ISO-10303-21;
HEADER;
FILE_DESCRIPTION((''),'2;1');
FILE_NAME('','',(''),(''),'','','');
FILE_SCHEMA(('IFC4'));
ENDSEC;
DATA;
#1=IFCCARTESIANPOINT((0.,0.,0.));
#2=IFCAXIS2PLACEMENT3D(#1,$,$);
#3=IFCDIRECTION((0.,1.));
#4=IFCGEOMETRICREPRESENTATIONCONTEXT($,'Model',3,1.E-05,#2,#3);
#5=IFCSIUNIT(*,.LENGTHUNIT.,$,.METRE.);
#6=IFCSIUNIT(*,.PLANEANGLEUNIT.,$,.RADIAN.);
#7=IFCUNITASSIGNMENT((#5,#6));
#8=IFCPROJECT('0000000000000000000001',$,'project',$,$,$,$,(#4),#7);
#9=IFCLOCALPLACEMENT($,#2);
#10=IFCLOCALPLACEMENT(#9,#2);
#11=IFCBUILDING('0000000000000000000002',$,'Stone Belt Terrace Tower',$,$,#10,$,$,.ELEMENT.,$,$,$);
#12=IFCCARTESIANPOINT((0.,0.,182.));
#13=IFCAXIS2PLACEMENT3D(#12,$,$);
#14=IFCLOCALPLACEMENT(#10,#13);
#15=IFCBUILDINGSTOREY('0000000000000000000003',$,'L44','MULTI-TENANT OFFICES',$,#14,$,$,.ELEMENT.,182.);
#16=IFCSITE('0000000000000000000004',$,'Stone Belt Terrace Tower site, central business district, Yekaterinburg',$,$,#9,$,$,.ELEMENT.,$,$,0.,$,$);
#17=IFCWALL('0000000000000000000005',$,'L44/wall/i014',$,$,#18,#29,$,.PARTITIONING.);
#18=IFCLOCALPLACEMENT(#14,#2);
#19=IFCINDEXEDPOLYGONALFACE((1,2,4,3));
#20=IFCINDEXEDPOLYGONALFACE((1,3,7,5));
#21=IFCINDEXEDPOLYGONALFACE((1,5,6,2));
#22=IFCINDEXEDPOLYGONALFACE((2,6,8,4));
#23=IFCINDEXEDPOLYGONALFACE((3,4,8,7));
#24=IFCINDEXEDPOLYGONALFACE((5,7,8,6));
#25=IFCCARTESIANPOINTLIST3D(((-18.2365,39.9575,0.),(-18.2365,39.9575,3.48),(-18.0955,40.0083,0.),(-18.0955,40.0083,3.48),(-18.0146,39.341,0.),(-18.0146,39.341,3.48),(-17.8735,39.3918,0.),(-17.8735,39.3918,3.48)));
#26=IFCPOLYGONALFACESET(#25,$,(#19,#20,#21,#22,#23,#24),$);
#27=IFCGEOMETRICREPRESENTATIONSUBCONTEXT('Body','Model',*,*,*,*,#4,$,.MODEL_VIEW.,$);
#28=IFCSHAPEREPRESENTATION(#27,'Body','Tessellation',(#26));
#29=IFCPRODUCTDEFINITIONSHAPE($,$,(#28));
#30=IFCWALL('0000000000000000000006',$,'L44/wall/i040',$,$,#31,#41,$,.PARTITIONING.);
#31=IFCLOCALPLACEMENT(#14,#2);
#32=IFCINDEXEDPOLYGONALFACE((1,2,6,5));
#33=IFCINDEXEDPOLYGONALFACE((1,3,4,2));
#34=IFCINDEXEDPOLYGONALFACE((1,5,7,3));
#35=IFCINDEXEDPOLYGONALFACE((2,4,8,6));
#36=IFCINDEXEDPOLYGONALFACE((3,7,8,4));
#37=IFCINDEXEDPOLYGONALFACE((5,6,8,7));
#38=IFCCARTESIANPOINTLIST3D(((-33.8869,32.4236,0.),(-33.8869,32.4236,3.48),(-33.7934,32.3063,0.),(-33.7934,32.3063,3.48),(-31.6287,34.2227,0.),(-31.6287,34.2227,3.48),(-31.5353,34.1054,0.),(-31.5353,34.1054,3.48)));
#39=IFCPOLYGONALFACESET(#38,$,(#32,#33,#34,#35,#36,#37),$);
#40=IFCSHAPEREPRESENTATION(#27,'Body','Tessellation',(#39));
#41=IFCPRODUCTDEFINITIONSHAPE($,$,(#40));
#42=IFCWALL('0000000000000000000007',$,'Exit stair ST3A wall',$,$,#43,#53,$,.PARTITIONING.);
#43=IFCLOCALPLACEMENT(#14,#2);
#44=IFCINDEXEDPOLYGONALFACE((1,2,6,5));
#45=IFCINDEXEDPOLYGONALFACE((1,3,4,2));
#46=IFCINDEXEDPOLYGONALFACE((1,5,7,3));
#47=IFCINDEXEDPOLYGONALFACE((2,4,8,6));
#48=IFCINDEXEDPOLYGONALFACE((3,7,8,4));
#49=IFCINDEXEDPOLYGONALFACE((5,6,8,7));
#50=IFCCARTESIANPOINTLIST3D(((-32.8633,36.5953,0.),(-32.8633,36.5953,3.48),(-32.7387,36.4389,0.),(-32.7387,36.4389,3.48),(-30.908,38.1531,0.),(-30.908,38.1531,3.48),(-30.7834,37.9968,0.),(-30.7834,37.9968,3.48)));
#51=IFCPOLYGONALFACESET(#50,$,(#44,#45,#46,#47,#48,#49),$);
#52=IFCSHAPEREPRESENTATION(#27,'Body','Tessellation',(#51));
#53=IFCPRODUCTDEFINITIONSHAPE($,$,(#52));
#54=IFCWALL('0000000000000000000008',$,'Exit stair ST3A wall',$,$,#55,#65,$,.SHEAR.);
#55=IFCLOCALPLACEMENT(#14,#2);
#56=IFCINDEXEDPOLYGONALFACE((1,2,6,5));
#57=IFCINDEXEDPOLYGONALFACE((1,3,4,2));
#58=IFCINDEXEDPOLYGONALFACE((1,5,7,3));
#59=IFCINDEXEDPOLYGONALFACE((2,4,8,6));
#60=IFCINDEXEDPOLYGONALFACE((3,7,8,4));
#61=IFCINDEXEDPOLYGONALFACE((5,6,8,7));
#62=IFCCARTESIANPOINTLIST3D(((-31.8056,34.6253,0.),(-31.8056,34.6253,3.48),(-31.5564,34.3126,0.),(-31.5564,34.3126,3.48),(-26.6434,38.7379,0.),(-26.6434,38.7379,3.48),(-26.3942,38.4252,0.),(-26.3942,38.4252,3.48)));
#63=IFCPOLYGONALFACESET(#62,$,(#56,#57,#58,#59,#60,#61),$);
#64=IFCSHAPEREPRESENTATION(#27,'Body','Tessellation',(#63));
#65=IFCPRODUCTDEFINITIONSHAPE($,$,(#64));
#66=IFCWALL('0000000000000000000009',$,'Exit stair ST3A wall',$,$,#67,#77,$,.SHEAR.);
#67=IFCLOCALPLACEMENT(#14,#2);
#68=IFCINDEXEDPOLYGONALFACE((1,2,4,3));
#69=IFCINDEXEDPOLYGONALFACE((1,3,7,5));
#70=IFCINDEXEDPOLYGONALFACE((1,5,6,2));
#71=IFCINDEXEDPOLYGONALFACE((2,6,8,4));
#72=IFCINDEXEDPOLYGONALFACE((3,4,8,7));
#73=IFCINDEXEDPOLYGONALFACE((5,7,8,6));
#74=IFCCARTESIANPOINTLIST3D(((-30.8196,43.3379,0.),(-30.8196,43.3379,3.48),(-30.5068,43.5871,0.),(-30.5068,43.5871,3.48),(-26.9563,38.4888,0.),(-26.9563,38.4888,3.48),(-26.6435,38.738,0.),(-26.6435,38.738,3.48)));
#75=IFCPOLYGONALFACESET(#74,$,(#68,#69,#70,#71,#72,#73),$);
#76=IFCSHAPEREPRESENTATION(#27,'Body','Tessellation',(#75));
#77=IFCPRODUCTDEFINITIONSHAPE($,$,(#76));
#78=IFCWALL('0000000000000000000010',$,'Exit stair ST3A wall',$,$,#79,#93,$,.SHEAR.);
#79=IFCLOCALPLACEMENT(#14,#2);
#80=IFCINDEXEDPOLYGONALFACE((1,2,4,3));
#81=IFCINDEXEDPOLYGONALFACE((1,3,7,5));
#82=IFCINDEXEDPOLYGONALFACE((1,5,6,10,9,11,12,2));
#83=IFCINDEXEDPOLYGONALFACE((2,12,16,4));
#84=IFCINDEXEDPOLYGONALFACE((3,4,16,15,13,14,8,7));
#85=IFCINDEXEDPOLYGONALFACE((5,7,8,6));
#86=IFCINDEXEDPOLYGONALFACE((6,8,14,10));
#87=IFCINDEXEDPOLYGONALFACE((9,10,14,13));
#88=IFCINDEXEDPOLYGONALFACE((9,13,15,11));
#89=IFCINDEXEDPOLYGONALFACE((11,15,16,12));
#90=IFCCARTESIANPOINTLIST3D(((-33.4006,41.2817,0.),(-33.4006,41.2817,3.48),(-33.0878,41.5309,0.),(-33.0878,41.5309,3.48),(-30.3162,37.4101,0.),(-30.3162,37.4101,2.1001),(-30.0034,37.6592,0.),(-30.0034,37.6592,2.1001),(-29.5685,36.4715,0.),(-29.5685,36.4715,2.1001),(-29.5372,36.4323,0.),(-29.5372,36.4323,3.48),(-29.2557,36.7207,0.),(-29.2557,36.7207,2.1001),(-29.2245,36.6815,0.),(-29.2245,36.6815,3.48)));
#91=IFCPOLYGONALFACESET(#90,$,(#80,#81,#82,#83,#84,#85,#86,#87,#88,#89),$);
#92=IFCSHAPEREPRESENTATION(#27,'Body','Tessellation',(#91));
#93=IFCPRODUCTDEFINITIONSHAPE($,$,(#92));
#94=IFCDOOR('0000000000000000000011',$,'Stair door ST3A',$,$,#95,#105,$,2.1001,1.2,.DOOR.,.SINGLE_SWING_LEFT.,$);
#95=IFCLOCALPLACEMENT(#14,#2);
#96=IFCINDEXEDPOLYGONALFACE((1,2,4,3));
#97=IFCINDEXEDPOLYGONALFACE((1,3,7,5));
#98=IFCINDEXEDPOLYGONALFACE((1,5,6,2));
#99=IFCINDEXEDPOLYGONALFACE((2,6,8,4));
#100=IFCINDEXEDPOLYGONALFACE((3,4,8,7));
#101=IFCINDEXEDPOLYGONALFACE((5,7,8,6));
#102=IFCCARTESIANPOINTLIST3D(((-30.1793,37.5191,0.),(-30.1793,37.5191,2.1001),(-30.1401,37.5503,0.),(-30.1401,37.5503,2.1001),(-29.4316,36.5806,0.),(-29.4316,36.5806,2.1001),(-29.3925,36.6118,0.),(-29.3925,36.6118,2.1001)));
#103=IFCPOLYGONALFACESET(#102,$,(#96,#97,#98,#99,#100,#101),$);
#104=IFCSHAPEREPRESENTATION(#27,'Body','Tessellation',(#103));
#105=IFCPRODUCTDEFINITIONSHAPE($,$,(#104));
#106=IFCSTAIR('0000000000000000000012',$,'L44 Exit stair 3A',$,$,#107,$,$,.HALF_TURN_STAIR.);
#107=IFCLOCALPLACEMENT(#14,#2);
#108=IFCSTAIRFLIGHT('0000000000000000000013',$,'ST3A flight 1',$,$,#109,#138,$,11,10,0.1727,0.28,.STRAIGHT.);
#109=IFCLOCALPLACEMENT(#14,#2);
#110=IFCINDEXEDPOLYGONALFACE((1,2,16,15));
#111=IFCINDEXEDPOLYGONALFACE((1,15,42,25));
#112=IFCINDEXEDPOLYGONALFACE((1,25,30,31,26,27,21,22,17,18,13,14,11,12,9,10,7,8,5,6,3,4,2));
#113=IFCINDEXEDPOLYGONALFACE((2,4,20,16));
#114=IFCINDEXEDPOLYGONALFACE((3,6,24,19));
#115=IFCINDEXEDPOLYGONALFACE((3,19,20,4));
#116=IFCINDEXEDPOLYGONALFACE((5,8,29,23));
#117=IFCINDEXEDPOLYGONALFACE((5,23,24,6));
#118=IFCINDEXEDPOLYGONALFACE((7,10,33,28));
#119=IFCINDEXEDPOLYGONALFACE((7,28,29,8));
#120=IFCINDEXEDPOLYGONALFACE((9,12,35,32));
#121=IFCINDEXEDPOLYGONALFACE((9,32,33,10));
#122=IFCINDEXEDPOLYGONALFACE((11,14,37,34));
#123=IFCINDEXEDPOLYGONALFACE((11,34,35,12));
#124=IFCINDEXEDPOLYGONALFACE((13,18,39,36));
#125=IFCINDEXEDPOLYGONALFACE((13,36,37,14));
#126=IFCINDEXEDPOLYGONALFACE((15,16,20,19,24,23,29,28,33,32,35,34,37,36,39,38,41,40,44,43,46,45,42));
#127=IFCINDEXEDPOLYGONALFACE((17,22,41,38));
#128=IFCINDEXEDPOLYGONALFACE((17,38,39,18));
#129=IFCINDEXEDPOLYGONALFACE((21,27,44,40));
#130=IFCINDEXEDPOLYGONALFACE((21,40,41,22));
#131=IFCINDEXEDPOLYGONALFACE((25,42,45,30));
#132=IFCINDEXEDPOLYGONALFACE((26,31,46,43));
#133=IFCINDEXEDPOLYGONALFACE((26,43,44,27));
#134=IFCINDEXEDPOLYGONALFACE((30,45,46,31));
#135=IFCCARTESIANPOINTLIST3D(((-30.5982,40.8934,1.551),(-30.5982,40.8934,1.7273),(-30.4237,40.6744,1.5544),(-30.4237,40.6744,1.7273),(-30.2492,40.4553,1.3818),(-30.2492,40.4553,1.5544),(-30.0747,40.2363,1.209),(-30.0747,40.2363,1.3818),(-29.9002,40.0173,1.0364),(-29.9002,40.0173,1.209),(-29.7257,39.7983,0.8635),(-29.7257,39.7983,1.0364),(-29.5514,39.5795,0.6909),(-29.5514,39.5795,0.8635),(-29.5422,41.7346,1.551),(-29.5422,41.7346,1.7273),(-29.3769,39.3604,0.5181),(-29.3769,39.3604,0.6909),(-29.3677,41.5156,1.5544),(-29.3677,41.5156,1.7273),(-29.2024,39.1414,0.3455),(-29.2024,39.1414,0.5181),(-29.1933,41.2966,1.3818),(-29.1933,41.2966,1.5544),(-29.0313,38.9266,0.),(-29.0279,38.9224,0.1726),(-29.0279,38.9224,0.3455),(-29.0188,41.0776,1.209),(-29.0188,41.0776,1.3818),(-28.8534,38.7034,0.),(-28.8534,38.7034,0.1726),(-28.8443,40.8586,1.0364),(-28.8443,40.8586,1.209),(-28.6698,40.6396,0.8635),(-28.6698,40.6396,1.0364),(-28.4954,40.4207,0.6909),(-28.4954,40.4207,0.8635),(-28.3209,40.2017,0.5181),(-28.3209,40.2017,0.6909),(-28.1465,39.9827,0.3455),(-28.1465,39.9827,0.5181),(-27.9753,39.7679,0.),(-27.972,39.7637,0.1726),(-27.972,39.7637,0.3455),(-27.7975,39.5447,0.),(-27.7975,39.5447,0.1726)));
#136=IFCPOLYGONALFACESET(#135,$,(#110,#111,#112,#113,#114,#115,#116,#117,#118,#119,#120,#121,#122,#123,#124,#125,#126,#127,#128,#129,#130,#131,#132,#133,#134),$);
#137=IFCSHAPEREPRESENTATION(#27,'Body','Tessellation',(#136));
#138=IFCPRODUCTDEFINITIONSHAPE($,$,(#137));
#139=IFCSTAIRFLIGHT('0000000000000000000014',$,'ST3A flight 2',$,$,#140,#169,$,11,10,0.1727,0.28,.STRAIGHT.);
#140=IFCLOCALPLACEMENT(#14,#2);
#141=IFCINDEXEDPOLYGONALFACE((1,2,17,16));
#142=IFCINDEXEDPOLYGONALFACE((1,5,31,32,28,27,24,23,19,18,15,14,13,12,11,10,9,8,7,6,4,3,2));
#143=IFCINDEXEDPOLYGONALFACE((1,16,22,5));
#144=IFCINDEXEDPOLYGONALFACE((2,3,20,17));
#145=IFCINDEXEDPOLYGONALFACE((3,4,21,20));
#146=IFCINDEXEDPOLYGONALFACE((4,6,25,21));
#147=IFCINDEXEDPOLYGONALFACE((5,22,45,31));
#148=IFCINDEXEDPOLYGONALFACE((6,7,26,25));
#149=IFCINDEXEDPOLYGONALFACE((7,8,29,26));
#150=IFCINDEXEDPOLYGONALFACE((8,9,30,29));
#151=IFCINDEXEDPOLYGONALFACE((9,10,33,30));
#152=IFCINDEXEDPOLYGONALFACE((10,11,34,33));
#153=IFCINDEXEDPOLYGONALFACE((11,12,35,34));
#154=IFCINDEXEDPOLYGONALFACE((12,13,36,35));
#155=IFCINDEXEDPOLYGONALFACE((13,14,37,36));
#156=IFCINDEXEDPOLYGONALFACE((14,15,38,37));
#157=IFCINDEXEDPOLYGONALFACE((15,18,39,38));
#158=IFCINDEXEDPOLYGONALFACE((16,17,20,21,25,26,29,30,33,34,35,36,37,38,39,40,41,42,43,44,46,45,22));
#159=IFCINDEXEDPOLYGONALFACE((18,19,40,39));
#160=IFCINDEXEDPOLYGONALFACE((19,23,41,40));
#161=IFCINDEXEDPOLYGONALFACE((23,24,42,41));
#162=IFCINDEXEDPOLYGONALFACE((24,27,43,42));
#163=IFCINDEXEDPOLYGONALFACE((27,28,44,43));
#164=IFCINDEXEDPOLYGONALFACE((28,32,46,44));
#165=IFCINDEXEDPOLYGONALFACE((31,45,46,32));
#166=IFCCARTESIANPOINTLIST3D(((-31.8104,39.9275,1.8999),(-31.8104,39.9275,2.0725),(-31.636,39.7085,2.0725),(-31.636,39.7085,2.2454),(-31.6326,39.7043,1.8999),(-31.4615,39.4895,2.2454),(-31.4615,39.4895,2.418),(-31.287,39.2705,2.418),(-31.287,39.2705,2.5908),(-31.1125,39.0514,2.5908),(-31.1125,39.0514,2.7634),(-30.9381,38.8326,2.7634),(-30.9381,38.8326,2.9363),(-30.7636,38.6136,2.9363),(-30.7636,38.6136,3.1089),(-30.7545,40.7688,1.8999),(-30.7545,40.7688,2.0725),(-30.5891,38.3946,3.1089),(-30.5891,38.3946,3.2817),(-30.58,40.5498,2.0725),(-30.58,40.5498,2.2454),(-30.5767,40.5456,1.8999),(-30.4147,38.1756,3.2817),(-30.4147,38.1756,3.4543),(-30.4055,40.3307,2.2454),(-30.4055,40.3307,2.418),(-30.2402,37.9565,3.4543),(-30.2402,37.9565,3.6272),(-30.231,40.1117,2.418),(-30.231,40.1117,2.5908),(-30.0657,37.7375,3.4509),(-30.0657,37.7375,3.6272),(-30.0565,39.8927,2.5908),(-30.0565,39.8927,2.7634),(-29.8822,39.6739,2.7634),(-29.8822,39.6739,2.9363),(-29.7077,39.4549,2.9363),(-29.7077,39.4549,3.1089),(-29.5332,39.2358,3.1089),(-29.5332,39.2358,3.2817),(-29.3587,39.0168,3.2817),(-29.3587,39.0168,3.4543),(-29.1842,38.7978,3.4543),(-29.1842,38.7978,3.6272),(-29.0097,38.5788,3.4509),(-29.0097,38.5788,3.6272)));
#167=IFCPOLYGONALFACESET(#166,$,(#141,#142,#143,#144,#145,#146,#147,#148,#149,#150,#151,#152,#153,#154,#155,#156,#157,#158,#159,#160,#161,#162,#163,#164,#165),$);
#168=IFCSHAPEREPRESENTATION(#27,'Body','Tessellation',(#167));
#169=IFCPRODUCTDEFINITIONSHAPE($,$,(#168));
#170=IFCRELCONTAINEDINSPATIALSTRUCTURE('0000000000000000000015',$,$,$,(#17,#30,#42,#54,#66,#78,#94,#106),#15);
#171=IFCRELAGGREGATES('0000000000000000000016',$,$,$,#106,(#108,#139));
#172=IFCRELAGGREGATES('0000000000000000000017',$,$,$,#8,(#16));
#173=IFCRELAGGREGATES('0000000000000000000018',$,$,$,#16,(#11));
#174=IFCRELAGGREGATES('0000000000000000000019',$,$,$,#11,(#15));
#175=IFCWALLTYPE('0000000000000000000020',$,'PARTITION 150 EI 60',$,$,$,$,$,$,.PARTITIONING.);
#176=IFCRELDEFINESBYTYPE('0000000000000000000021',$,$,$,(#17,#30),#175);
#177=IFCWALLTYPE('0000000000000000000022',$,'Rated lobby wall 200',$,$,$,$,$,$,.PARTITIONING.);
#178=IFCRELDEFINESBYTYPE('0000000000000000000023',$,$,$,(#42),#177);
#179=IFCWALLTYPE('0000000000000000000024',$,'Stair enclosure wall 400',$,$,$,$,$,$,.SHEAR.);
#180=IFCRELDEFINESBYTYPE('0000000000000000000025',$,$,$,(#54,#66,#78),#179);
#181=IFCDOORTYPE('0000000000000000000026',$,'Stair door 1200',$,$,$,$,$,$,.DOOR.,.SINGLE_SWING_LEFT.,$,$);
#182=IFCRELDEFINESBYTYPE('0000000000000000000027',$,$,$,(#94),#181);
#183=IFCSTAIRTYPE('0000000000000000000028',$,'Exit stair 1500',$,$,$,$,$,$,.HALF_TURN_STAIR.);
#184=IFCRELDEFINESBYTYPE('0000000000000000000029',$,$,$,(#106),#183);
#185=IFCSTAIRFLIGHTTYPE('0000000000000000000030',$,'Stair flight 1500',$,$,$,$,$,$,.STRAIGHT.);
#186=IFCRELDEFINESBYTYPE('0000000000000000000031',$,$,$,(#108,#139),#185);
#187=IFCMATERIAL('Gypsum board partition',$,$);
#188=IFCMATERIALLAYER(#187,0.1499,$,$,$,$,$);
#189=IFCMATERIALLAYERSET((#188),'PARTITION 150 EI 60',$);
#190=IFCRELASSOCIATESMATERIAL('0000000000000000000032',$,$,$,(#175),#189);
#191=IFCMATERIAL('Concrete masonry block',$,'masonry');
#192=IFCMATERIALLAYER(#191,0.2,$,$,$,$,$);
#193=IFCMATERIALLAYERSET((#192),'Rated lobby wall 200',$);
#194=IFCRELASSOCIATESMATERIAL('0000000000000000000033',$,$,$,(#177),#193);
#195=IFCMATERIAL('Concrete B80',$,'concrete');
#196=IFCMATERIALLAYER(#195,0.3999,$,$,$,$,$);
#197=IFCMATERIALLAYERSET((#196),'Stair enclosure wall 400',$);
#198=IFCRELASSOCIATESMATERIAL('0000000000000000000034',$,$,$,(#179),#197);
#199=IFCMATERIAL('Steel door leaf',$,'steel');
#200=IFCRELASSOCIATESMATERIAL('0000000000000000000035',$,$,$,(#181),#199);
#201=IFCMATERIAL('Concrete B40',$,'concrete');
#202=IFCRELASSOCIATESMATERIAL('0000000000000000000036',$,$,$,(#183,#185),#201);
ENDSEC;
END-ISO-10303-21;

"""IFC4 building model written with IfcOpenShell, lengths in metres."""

from ifc_helpers import new_model, si_unit, direction, frame, frame_2d, origin, place, context, subcontext, project, spatial, polyline, rectangle, outline, extrude, material, layer, layer_set, type_object, element, fill, aggregate, save


model = new_model("IFC4")

# Units and contexts
model_context = context("Model", 3, precision=1e-05, world=origin(), true_north=direction((0.0, 1.0)))
body_context = subcontext(model_context, "Body", "Model", "MODEL_VIEW")
ifc_project = project(units=[si_unit("LENGTHUNIT", "METRE"), si_unit("PLANEANGLEUNIT", "RADIAN")], contexts=[model_context])

# Site, building, storey
site_placement = place(None, origin())
site = spatial("IfcSite", under=ifc_project, at=site_placement, Name="Stone Belt Terrace Tower site, central business district, Yekaterinburg", CompositionType="ELEMENT", RefElevation=0.0)
building_placement = place(site_placement, origin())
building = spatial("IfcBuilding", under=site, at=building_placement, Name="Stone Belt Terrace Tower", CompositionType="ELEMENT")
storey_placement = place(building_placement, frame((0.0, 0.0, 182.0)))
storey = spatial("IfcBuildingStorey", under=building, at=storey_placement, Name="L44", Description="MULTI-TENANT OFFICES", CompositionType="ELEMENT", Elevation=182.0)

# Shared definitions
ifc_material_1 = material(Name="Concrete B80", Category="concrete")

# Shared definitions
ifc_material_2 = material(Name="Concrete B40", Category="concrete")

# Walls
ifc_material_3 = material(Name="Gypsum board partition")
ifc_layer_1 = layer(ifc_material_3, 0.1499)
ifc_layer_set_1 = layer_set([ifc_layer_1], Name="PARTITION 150 EI 60")
wall_type_1 = type_object("IfcWallType", Name="PARTITION 150 EI 60", PredefinedType="PARTITIONING", material=ifc_layer_set_1)
wall_1_placement = place(storey_placement, frame((-18.166, 39.9829, 0.0), z_axis=(0.0, 0.0, 1.0), x_axis=(0.338719, -0.940887, 0.0)))
element("IfcWall", 1, at=wall_1_placement, inside=storey, type_object=wall_type_1, Name="L44/wall/i014", PredefinedType="PARTITIONING", context=body_context, shape_type="SweptSolid", body=[
    extrude(rectangle(XDim=0.6553, YDim=0.1499, at=frame_2d((0.3276, 0.0))), origin(), (0.0, 0.0, 1.0), 3.48),
])
wall_2_placement = place(storey_placement, frame((-31.582, 34.1641, 0.0), z_axis=(0.0, 0.0, 1.0), x_axis=(-0.782113, -0.623137, 0.0)))
element("IfcWall", 2, at=wall_2_placement, inside=storey, type_object=wall_type_1, Name="L44/wall/i040", PredefinedType="PARTITIONING", context=body_context, shape_type="SweptSolid", body=[
    extrude(rectangle(XDim=2.8872, YDim=0.1499, at=frame_2d((1.4436, 0.0))), origin(), (0.0, 0.0, 1.0), 3.48),
])
ifc_material_4 = material(Name="Concrete masonry block", Category="masonry")
ifc_layer_2 = layer(ifc_material_4, 0.2)
ifc_layer_set_2 = layer_set([ifc_layer_2], Name="Rated lobby wall 200")
wall_type_2 = type_object("IfcWallType", Name="Rated lobby wall 200", PredefinedType="PARTITIONING", material=ifc_layer_set_2)
wall_3_placement = place(storey_placement, frame((-30.8457, 38.075, 0.0), z_axis=(0.0, 0.0, 1.0), x_axis=(-0.782115, -0.623134, 0.0)))
element("IfcWall", 3, at=wall_3_placement, inside=storey, type_object=wall_type_2, Name="Exit stair ST3A wall", PredefinedType="PARTITIONING", context=body_context, shape_type="SweptSolid", body=[
    extrude(rectangle(XDim=2.5, YDim=0.2, at=frame_2d((1.25, 0.0))), origin(), (0.0, 0.0, 1.0), 3.48),
])
ifc_layer_3 = layer(ifc_material_1, 0.3999)
ifc_layer_set_3 = layer_set([ifc_layer_3], Name="Stair enclosure wall 400")
wall_type_3 = type_object("IfcWallType", Name="Stair enclosure wall 400", PredefinedType="SHEAR", material=ifc_layer_set_3)
wall_4_placement = place(storey_placement, frame((-26.5188, 38.5815, 0.0), z_axis=(0.0, 0.0, 1.0), x_axis=(-0.782134, -0.62311, 0.0)))
element("IfcWall", 4, at=wall_4_placement, inside=storey, type_object=wall_type_3, Name="Exit stair ST3A wall", PredefinedType="SHEAR", context=body_context, shape_type="SweptSolid", body=[
    extrude(rectangle(XDim=6.6001, YDim=0.3999, at=frame_2d((3.3, 0.0))), origin(), (0.0, 0.0, 1.0), 3.48),
])
wall_5_placement = place(storey_placement, frame((-26.7998, 38.6133, 0.0), z_axis=(0.0, 0.0, 1.0), x_axis=(-0.623119, 0.782127, 0.0)))
element("IfcWall", 5, at=wall_5_placement, inside=storey, type_object=wall_type_3, Name="Exit stair ST3A wall", PredefinedType="SHEAR", context=body_context, shape_type="SweptSolid", body=[
    extrude(rectangle(XDim=6.2, YDim=0.3999, at=frame_2d((3.1001, 0.0))), origin(), (0.0, 0.0, 1.0), 3.48),
])

# Wall, opening, door
wall_6_placement = place(storey_placement, frame((-29.3809, 36.5569, 0.0), z_axis=(0.0, 0.0, 1.0), x_axis=(-0.623099, 0.782143, 0.0)))
wall_6 = element("IfcWall", 6, at=wall_6_placement, inside=storey, type_object=wall_type_3, Name="Exit stair ST3A wall", PredefinedType="SHEAR", context=body_context, shape_type="SweptSolid", body=[
    extrude(rectangle(XDim=6.2002, YDim=0.3999, at=frame_2d((3.1001, 0.0))), origin(), (0.0, 0.0, 1.0), 3.48),
])
opening_placement = place(wall_6_placement, frame((0.05, 0.0, 0.0)))
opening = element("IfcOpeningElement", 7, at=opening_placement, cuts=wall_6, PredefinedType="OPENING", context=body_context, shape_type="SweptSolid", body=[
    extrude(rectangle(XDim=1.2, YDim=2.1001, at=frame_2d((0.6001, 1.05))), frame((0.0, 0.21, 0.0), z_axis=(0.0, -1.0, 0.0), x_axis=(1.0, 0.0, 0.0)), (0.0, 0.0, 1.0), 0.4199),
])
ifc_material_5 = material(Name="Steel door leaf", Category="steel")
door_type = type_object("IfcDoorType", Name="Stair door 1200", OperationType="SINGLE_SWING_LEFT", PredefinedType="DOOR", material=ifc_material_5)
door_placement = place(opening_placement, origin())
door = element("IfcDoor", 8, at=door_placement, inside=storey, type_object=door_type, Name="Stair door ST3A", OperationType="SINGLE_SWING_LEFT", OverallHeight=2.1001, OverallWidth=1.2, PredefinedType="DOOR", context=body_context, shape_type="SweptSolid", body=[
    extrude(rectangle(XDim=1.2, YDim=2.1001, at=frame_2d((0.6001, 1.05))), frame((0.0, 0.0249, 0.0), z_axis=(0.0, -1.0, 0.0), x_axis=(1.0, 0.0, 0.0)), (0.0, 0.0, 1.0), 0.05),
])
fill(opening, door)

# Stair, stair flights
stair_type = type_object("IfcStairType", Name="Exit stair 1500", PredefinedType="HALF_TURN_STAIR", material=ifc_material_2)
stair_placement = place(storey_placement, origin())
stair = element("IfcStair", 9, at=stair_placement, inside=storey, type_object=stair_type, Name="L44 Exit stair 3A", PredefinedType="HALF_TURN_STAIR")
stair_flight_type = type_object("IfcStairFlightType", Name="Stair flight 1500", PredefinedType="STRAIGHT", material=ifc_material_2)
stair_flight_1_placement = place(storey_placement, frame((-28.3254, 39.124, 0.0), z_axis=(0.0, 0.0, 1.0), x_axis=(-0.623121, 0.782125, 0.0)))
stair_flight_1 = element("IfcStairFlight", 10, at=stair_flight_1_placement, type_object=stair_flight_type, Name="ST3A flight 1", NumberOfRisers=11, NumberOfTreads=10, PredefinedType="STRAIGHT", RiserHeight=0.1727, TreadLength=0.28, context=body_context, shape_type="SweptSolid", body=[
    extrude(outline(polyline([(0.0, 0.0), (0.0, 0.1726), (0.28, 0.1726), (0.28, 0.3455), (0.5601, 0.3455), (0.5601, 0.5181), (0.8401, 0.5181), (0.8401, 0.6909), (1.1201, 0.6909), (1.1201, 0.8635), (1.3999, 0.8635), (1.3999, 1.0364), (1.6799, 1.0364), (1.6799, 1.209), (1.96, 1.209), (1.96, 1.3818), (2.24, 1.3818), (2.24, 1.5544), (2.52, 1.5544), (2.52, 1.7273), (2.8, 1.7273), (2.8, 1.8999), (2.8, 1.551), (0.2854, 0.0), (0.0, 0.0)])), frame((0.0, 0.675, 0.0), z_axis=(0.0, -1.0, 0.0), x_axis=(1.0, 0.0, 0.0)), (0.0, 0.0, 1.0), 1.3501),
])
stair_flight_2_placement = place(storey_placement, frame((-31.2825, 40.3481, 1.8999), z_axis=(0.0, 0.0, 1.0), x_axis=(0.623121, -0.782125, 0.0)))
stair_flight_2 = element("IfcStairFlight", 11, at=stair_flight_2_placement, type_object=stair_flight_type, Name="ST3A flight 2", NumberOfRisers=11, NumberOfTreads=10, PredefinedType="STRAIGHT", RiserHeight=0.1727, TreadLength=0.28, context=body_context, shape_type="SweptSolid", body=[
    extrude(outline(polyline([(0.0, 0.0), (0.0, 0.1726), (0.28, 0.1726), (0.28, 0.3455), (0.5601, 0.3455), (0.5601, 0.5181), (0.8401, 0.5181), (0.8401, 0.6909), (1.1201, 0.6909), (1.1201, 0.8635), (1.3999, 0.8635), (1.3999, 1.0364), (1.6799, 1.0364), (1.6799, 1.209), (1.96, 1.209), (1.96, 1.3818), (2.24, 1.3818), (2.24, 1.5544), (2.52, 1.5544), (2.52, 1.7273), (2.8, 1.7273), (2.8, 1.8999), (2.8, 1.551), (0.2854, 0.0), (0.0, 0.0)])), frame((0.0, 0.675, 0.0), z_axis=(0.0, -1.0, 0.0), x_axis=(1.0, 0.0, 0.0)), (0.0, 0.0, 1.0), 1.3501),
])
aggregate(stair, [stair_flight_1, stair_flight_2])

save(model, "model.ifc")
